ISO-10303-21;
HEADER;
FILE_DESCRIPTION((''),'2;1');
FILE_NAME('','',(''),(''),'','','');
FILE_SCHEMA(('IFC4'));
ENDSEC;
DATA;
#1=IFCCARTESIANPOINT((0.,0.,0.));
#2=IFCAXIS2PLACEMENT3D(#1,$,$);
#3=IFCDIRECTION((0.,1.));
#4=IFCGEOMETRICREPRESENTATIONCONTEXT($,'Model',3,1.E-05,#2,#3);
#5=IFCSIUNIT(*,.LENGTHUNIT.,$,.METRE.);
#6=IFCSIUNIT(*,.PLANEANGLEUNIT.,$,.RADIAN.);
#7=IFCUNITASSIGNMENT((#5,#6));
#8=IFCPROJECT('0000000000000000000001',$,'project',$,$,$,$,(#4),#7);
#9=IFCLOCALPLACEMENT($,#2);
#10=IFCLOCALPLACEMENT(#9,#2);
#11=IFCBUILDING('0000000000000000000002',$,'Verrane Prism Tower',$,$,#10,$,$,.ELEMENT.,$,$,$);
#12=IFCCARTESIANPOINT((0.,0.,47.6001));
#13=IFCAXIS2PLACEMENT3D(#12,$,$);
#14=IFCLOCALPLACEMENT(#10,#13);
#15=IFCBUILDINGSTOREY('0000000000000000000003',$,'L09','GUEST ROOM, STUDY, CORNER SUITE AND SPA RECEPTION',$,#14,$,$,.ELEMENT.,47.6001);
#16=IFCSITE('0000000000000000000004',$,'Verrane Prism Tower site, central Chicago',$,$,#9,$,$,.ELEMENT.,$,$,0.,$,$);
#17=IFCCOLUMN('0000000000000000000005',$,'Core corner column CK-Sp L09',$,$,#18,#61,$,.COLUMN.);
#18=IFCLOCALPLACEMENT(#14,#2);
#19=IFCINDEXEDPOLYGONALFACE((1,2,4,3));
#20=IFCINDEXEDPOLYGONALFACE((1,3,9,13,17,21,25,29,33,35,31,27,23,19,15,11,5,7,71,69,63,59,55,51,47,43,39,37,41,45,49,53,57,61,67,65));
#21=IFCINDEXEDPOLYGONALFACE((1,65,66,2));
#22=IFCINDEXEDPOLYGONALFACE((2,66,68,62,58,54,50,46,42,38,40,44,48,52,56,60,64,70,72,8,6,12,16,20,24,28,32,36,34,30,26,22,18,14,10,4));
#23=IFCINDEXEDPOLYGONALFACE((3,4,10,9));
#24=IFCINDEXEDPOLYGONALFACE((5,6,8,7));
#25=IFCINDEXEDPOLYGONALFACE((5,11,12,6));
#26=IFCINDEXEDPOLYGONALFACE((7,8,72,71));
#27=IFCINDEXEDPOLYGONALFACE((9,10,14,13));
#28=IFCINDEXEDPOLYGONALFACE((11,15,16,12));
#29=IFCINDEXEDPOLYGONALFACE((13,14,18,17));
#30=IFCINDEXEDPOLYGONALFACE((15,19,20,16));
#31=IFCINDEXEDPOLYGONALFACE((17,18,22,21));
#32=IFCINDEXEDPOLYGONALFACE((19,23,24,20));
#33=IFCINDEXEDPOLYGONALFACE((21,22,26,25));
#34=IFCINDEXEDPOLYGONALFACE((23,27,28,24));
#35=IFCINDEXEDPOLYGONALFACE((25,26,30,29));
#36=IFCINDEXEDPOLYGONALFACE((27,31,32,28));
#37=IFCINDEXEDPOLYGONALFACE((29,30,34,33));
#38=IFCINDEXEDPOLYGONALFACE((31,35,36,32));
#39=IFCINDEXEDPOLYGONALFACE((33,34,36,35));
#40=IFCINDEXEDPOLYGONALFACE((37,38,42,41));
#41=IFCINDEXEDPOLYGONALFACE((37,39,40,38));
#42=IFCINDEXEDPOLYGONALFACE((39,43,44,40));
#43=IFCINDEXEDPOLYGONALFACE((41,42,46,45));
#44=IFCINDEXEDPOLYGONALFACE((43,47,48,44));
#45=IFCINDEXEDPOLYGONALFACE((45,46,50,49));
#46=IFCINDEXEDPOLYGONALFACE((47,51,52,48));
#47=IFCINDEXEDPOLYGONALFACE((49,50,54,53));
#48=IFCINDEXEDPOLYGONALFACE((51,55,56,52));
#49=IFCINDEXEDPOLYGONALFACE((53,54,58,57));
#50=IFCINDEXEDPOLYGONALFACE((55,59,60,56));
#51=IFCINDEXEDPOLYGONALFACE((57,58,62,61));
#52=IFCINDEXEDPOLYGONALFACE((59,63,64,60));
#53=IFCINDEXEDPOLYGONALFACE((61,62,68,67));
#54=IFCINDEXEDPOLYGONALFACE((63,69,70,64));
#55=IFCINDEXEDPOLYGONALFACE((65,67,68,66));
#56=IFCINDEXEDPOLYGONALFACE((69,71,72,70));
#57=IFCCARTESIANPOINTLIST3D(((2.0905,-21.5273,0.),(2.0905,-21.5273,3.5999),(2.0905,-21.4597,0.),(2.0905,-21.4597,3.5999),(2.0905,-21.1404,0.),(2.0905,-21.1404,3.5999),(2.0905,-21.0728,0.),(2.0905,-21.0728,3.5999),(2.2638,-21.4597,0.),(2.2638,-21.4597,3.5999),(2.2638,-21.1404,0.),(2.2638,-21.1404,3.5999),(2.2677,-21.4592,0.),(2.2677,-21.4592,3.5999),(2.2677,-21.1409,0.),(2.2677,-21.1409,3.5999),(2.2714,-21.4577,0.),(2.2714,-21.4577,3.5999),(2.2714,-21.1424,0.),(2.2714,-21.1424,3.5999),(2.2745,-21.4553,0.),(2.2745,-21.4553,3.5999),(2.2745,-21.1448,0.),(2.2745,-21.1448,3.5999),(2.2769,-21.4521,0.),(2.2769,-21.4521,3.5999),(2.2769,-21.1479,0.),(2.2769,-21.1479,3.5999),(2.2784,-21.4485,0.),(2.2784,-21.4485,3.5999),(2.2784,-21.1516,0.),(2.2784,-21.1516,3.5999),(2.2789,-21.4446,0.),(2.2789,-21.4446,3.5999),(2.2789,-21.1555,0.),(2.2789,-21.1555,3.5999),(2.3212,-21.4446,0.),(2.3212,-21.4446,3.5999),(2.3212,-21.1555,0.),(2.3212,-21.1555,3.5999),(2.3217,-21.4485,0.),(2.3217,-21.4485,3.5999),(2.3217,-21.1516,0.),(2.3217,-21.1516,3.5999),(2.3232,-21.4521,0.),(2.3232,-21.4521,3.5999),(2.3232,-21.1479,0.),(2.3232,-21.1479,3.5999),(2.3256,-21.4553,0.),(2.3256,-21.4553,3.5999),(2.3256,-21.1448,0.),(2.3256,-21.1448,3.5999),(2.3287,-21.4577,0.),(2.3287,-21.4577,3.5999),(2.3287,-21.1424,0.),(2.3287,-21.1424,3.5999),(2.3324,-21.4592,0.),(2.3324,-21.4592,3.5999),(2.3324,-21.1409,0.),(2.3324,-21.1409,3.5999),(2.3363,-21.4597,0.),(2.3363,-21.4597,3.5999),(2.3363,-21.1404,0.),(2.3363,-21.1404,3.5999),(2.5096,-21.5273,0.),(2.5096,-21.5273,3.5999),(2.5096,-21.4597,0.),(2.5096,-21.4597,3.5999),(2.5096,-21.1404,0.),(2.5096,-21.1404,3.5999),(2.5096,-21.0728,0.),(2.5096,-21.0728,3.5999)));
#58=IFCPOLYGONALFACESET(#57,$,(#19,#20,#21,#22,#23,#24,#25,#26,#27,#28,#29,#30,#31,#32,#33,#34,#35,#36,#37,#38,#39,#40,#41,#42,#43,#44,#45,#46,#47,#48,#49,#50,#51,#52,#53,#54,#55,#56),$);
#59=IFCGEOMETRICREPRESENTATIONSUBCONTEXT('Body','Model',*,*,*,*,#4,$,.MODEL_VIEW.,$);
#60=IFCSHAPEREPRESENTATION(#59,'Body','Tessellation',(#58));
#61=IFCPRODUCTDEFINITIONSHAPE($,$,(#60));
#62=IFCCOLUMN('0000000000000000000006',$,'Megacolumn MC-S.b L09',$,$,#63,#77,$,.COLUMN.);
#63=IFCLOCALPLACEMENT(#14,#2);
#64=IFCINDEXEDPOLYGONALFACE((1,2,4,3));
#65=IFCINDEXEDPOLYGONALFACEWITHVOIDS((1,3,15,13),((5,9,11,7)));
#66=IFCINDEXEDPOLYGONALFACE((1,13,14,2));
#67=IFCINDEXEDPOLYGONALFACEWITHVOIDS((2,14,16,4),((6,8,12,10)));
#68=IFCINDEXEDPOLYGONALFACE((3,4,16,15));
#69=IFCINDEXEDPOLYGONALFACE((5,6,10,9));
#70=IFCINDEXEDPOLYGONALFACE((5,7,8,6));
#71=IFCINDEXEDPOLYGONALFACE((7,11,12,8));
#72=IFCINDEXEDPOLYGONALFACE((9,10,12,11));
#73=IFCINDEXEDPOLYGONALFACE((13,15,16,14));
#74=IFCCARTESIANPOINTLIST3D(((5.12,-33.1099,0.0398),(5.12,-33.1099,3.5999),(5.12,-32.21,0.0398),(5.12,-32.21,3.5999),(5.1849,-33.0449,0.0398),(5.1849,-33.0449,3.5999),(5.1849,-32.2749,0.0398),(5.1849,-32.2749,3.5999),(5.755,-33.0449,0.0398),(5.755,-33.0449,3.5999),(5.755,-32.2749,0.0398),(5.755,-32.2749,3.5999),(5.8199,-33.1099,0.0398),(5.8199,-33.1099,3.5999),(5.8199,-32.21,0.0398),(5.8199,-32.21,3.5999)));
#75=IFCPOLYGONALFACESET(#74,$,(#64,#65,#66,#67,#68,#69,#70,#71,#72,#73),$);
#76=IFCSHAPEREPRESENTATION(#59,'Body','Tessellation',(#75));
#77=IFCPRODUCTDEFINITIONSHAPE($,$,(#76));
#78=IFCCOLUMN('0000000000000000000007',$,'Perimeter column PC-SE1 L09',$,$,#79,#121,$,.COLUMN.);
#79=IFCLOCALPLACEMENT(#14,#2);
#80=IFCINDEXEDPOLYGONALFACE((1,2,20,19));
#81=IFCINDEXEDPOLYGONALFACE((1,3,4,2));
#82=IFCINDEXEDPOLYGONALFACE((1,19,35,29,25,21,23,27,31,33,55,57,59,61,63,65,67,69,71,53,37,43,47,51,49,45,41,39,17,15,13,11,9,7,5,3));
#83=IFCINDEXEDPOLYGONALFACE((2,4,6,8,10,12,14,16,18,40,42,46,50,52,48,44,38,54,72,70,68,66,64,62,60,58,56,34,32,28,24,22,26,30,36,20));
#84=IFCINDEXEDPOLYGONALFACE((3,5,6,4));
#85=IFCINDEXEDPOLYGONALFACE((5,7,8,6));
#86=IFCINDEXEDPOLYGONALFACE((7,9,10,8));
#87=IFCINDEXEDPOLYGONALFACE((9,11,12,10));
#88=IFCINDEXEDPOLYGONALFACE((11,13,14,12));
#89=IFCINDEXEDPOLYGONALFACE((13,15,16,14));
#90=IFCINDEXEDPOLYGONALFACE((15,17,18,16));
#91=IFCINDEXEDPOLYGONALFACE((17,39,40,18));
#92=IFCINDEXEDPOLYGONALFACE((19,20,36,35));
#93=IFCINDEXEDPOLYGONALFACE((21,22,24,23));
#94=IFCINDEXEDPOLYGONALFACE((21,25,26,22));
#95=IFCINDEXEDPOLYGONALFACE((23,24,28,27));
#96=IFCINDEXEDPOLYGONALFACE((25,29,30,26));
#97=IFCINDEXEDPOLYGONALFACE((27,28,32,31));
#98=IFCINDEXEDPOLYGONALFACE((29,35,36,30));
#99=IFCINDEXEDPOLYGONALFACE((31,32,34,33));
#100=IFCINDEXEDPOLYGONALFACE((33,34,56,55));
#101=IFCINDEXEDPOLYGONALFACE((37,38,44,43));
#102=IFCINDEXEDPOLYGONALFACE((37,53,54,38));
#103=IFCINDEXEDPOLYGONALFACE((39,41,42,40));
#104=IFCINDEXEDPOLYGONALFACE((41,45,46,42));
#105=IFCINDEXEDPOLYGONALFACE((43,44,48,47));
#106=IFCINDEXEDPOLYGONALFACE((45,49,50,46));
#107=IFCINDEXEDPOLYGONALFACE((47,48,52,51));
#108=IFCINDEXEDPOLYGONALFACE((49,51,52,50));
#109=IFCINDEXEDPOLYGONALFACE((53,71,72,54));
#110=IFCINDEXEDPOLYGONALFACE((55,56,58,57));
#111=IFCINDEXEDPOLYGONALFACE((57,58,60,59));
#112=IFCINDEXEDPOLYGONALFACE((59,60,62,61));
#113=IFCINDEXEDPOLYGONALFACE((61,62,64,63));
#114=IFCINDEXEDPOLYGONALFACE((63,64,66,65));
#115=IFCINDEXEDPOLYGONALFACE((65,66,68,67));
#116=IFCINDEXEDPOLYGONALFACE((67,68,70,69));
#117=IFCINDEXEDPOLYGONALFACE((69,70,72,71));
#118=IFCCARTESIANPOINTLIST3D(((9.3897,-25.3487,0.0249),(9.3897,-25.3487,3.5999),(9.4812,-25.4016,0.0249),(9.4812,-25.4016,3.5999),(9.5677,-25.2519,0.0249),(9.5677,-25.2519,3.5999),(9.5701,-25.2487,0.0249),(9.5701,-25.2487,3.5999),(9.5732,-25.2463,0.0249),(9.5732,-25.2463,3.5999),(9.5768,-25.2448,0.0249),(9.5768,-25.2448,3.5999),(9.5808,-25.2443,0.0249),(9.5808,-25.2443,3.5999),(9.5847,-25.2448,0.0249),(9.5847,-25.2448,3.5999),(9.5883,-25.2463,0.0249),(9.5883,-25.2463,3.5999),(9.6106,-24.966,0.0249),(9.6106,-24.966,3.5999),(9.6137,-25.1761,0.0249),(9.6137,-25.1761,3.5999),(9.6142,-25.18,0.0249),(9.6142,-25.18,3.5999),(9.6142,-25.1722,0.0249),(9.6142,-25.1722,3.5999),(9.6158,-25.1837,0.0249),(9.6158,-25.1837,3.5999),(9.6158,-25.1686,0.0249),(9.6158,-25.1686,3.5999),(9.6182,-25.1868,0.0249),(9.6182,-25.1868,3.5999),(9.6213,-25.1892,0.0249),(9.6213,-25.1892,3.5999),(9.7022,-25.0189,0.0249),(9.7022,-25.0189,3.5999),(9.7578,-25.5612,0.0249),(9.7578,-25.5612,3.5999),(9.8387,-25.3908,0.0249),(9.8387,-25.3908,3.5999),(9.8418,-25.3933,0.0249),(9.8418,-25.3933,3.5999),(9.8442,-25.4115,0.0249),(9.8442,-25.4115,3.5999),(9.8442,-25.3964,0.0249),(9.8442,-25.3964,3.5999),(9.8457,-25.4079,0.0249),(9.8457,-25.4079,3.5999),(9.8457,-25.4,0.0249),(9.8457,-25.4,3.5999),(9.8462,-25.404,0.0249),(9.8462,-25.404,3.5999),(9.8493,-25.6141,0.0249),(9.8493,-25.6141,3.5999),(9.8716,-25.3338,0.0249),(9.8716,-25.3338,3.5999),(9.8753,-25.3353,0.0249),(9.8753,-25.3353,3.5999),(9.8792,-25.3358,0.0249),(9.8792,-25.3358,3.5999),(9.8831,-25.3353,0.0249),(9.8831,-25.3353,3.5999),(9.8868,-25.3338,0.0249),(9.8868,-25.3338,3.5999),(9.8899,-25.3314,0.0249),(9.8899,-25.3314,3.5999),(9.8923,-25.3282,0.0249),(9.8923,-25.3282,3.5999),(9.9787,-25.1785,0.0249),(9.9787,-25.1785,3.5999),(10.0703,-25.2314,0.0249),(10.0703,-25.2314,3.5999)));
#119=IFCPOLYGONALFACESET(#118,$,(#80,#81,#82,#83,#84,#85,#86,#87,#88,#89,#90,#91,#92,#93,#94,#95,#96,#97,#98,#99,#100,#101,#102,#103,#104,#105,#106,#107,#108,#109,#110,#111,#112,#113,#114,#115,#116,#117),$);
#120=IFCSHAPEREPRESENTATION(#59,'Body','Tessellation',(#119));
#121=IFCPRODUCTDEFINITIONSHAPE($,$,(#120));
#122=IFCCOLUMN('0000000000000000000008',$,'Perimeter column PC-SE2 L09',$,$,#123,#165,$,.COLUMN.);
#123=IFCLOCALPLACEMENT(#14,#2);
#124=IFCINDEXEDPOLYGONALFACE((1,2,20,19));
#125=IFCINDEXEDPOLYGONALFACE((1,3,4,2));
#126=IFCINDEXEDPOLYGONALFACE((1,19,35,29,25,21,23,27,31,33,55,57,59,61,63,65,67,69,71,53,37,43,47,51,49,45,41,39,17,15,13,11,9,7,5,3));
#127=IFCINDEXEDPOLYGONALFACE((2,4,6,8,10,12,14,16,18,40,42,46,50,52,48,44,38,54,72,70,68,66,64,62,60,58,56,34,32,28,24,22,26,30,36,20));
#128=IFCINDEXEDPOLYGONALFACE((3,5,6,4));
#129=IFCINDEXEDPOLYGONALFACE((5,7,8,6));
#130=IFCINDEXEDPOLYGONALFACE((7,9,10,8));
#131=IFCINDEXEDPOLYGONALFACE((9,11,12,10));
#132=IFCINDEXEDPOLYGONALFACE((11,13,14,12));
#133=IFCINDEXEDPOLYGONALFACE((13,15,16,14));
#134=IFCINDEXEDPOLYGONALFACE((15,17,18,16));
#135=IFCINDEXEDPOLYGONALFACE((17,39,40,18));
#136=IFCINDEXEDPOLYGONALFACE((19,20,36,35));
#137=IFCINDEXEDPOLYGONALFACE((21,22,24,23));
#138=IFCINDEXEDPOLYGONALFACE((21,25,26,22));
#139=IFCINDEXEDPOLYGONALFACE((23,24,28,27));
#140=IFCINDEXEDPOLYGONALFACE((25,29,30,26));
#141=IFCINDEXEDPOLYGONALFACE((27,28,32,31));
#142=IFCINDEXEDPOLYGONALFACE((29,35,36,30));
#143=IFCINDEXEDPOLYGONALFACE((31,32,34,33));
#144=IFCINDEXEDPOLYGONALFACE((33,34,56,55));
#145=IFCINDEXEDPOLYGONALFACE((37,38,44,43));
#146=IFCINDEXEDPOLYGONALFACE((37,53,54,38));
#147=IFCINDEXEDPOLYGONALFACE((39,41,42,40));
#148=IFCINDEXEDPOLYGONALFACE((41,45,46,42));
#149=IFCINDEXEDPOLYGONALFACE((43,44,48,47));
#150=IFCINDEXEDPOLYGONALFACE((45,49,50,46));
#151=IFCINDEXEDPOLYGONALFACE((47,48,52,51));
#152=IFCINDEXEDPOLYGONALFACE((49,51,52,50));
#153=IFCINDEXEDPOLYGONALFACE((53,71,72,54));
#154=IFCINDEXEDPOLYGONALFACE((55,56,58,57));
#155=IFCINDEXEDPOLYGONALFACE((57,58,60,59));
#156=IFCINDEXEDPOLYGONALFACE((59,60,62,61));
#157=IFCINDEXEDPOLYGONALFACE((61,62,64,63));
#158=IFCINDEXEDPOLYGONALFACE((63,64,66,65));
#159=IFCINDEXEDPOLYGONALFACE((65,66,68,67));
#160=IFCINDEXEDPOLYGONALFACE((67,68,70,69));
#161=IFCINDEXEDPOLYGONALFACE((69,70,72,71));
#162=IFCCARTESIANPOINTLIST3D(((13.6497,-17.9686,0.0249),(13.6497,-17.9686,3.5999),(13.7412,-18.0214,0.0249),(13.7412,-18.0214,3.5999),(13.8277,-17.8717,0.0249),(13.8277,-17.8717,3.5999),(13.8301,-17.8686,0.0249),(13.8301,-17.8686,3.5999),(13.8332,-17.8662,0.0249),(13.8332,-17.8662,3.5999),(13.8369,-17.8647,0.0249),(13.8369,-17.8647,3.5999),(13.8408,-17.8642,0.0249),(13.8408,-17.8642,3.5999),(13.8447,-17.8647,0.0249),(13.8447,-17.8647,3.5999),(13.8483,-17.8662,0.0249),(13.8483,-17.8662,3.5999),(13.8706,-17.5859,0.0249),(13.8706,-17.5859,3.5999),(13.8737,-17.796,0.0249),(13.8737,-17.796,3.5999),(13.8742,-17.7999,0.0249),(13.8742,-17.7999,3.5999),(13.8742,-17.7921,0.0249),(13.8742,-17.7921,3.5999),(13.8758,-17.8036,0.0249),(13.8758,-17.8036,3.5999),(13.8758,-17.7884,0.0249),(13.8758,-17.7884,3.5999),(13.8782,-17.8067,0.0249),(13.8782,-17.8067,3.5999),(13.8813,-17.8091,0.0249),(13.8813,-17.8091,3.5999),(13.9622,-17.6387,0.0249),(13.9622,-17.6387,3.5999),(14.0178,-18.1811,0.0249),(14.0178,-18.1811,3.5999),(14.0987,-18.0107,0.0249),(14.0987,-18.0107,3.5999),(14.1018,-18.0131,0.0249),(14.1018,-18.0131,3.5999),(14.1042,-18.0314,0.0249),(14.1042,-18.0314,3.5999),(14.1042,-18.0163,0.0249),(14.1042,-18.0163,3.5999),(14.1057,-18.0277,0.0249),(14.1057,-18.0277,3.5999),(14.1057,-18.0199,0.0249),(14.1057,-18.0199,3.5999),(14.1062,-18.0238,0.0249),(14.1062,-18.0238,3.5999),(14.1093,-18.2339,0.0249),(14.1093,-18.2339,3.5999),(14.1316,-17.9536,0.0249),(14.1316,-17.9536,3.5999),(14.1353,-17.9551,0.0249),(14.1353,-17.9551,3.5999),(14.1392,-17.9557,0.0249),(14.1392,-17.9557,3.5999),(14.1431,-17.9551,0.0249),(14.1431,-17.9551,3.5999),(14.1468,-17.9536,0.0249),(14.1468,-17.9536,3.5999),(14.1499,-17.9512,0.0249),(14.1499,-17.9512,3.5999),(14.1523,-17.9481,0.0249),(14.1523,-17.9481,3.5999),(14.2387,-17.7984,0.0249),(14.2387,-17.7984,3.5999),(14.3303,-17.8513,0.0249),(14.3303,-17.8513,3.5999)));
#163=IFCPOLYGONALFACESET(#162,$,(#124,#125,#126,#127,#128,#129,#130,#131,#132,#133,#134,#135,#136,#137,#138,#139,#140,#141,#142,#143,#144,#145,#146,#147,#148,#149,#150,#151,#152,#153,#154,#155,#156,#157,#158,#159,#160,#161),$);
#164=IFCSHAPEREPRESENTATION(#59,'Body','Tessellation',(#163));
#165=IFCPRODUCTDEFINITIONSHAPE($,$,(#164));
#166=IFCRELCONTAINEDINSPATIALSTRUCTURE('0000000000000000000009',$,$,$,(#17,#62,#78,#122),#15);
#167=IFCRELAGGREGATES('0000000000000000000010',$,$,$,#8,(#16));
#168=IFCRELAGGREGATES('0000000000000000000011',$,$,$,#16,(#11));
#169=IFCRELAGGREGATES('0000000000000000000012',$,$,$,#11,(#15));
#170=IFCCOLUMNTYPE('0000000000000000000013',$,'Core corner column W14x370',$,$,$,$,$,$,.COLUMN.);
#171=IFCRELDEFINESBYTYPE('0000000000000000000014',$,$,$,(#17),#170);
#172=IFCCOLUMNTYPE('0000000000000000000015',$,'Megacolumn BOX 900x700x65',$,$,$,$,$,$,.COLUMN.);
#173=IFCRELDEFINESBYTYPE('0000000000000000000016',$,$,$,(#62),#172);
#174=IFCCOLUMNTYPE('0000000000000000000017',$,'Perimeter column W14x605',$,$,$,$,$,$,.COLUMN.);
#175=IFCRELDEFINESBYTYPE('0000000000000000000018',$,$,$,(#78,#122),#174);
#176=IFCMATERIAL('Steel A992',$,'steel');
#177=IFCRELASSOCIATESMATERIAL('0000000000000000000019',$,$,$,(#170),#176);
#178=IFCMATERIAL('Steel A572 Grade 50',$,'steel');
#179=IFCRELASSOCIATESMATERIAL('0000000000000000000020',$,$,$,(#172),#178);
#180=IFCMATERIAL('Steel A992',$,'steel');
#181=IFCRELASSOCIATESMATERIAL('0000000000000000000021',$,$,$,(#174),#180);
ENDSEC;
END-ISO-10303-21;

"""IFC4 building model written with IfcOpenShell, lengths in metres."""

from ifc_helpers import new_model, si_unit, direction, frame, origin, origin_2d, place, context, subcontext, project, spatial, hollow_rectangle, i_section, extrude, material, material_profile, profile_set, type_object, element, save


model = new_model("IFC4")

# Units and contexts
model_context = context("Model", 3, precision=1e-05, world=origin(), true_north=direction((0.0, 1.0)))
body_context = subcontext(model_context, "Body", "Model", "MODEL_VIEW")
ifc_project = project(units=[si_unit("LENGTHUNIT", "METRE"), si_unit("PLANEANGLEUNIT", "RADIAN")], contexts=[model_context])

# Site, building, storey
site_placement = place(None, origin())
site = spatial("IfcSite", under=ifc_project, at=site_placement, Name="Verrane Prism Tower site, central Chicago", CompositionType="ELEMENT", RefElevation=0.0)
building_placement = place(site_placement, origin())
building = spatial("IfcBuilding", under=site, at=building_placement, Name="Verrane Prism Tower", CompositionType="ELEMENT")
storey_placement = place(building_placement, frame((0.0, 0.0, 47.6001)))
storey = spatial("IfcBuildingStorey", under=building, at=storey_placement, Name="L09", Description="GUEST ROOM, STUDY, CORNER SUITE AND SPA RECEPTION", CompositionType="ELEMENT", Elevation=47.6001)

# Columns
ifc_material_1 = material(Name="Steel A992", Category="steel")
ifc_material_profile_1 = material_profile(ifc_material_1, i_section(OverallWidth=0.4192, OverallDepth=0.4546, WebThickness=0.0422, FlangeThickness=0.0676, FilletRadius=0.0151, at=origin_2d()), Name="W14x370")
ifc_profile_set_1 = profile_set([ifc_material_profile_1], Name="Steel A992")
column_type_1 = type_object("IfcColumnType", Name="Core corner column W14x370", PredefinedType="COLUMN", material=ifc_profile_set_1)
column_1_placement = place(storey_placement, frame((2.3, -21.3, 0.0), z_axis=(0.0, 0.0, 1.0), x_axis=(-1.0, 0.0, 0.0)))
element("IfcColumn", 1, at=column_1_placement, inside=storey, type_object=column_type_1, Name="Core corner column CK-Sp L09", PredefinedType="COLUMN", context=body_context, shape_type="SweptSolid", body=[
    extrude(i_section(OverallWidth=0.4192, OverallDepth=0.4546, WebThickness=0.0422, FlangeThickness=0.0676, FilletRadius=0.0151, at=origin_2d()), origin(), (0.0, 0.0, 1.0), 3.5999),
])
ifc_material_2 = material(Name="Steel A572 Grade 50", Category="steel")
ifc_material_profile_2 = material_profile(ifc_material_2, hollow_rectangle(XDim=0.7, YDim=0.8999, WallThickness=0.0649, at=origin_2d()), Name="BOX 900x700x65")
ifc_profile_set_2 = profile_set([ifc_material_profile_2], Name="Steel A572 Grade 50")
column_type_2 = type_object("IfcColumnType", Name="Megacolumn BOX 900x700x65", PredefinedType="COLUMN", material=ifc_profile_set_2)
column_2_placement = place(storey_placement, frame((5.47, -32.6599, 0.0398), z_axis=(0.0, 0.0, 1.0), x_axis=(-1.0, 0.0, 0.0)))
element("IfcColumn", 2, at=column_2_placement, inside=storey, type_object=column_type_2, Name="Megacolumn MC-S.b L09", PredefinedType="COLUMN", context=body_context, shape_type="SweptSolid", body=[
    extrude(hollow_rectangle(XDim=0.7, YDim=0.8999, WallThickness=0.0649, at=origin_2d()), origin(), (0.0, 0.0, 1.0), 3.5601),
])
ifc_material_3 = material(Name="Steel A992", Category="steel")
ifc_material_profile_3 = material_profile(ifc_material_3, i_section(OverallWidth=0.4419, OverallDepth=0.5308, WebThickness=0.0659, FlangeThickness=0.1057, FilletRadius=0.0151, at=origin_2d()), Name="W14x605")
ifc_profile_set_3 = profile_set([ifc_material_profile_3], Name="Steel A992")
column_type_3 = type_object("IfcColumnType", Name="Perimeter column W14x605", PredefinedType="COLUMN", material=ifc_profile_set_3)
for number, where, z_axis, x_axis, name in (
    (3, (9.73, -25.29, 0.0249), (0.0, 0.0, 1.0), (-0.5, -0.866025, 0.0), "Perimeter column PC-SE1 L09"),
    (4, (13.99, -17.9099, 0.0249), (0.0, 0.0, 1.0), (-0.5, -0.866025, 0.0), "Perimeter column PC-SE2 L09"),
):
    element("IfcColumn", number, at=place(storey_placement, frame(where, z_axis=z_axis, x_axis=x_axis)), inside=storey, type_object=column_type_3, Name=name, PredefinedType="COLUMN", context=body_context, shape_type="SweptSolid", body=[
        extrude(i_section(OverallWidth=0.4419, OverallDepth=0.5308, WebThickness=0.0659, FlangeThickness=0.1057, FilletRadius=0.0151, at=origin_2d()), origin(), (0.0, 0.0, 1.0), 3.575),
    ])

save(model, "model.ifc")
